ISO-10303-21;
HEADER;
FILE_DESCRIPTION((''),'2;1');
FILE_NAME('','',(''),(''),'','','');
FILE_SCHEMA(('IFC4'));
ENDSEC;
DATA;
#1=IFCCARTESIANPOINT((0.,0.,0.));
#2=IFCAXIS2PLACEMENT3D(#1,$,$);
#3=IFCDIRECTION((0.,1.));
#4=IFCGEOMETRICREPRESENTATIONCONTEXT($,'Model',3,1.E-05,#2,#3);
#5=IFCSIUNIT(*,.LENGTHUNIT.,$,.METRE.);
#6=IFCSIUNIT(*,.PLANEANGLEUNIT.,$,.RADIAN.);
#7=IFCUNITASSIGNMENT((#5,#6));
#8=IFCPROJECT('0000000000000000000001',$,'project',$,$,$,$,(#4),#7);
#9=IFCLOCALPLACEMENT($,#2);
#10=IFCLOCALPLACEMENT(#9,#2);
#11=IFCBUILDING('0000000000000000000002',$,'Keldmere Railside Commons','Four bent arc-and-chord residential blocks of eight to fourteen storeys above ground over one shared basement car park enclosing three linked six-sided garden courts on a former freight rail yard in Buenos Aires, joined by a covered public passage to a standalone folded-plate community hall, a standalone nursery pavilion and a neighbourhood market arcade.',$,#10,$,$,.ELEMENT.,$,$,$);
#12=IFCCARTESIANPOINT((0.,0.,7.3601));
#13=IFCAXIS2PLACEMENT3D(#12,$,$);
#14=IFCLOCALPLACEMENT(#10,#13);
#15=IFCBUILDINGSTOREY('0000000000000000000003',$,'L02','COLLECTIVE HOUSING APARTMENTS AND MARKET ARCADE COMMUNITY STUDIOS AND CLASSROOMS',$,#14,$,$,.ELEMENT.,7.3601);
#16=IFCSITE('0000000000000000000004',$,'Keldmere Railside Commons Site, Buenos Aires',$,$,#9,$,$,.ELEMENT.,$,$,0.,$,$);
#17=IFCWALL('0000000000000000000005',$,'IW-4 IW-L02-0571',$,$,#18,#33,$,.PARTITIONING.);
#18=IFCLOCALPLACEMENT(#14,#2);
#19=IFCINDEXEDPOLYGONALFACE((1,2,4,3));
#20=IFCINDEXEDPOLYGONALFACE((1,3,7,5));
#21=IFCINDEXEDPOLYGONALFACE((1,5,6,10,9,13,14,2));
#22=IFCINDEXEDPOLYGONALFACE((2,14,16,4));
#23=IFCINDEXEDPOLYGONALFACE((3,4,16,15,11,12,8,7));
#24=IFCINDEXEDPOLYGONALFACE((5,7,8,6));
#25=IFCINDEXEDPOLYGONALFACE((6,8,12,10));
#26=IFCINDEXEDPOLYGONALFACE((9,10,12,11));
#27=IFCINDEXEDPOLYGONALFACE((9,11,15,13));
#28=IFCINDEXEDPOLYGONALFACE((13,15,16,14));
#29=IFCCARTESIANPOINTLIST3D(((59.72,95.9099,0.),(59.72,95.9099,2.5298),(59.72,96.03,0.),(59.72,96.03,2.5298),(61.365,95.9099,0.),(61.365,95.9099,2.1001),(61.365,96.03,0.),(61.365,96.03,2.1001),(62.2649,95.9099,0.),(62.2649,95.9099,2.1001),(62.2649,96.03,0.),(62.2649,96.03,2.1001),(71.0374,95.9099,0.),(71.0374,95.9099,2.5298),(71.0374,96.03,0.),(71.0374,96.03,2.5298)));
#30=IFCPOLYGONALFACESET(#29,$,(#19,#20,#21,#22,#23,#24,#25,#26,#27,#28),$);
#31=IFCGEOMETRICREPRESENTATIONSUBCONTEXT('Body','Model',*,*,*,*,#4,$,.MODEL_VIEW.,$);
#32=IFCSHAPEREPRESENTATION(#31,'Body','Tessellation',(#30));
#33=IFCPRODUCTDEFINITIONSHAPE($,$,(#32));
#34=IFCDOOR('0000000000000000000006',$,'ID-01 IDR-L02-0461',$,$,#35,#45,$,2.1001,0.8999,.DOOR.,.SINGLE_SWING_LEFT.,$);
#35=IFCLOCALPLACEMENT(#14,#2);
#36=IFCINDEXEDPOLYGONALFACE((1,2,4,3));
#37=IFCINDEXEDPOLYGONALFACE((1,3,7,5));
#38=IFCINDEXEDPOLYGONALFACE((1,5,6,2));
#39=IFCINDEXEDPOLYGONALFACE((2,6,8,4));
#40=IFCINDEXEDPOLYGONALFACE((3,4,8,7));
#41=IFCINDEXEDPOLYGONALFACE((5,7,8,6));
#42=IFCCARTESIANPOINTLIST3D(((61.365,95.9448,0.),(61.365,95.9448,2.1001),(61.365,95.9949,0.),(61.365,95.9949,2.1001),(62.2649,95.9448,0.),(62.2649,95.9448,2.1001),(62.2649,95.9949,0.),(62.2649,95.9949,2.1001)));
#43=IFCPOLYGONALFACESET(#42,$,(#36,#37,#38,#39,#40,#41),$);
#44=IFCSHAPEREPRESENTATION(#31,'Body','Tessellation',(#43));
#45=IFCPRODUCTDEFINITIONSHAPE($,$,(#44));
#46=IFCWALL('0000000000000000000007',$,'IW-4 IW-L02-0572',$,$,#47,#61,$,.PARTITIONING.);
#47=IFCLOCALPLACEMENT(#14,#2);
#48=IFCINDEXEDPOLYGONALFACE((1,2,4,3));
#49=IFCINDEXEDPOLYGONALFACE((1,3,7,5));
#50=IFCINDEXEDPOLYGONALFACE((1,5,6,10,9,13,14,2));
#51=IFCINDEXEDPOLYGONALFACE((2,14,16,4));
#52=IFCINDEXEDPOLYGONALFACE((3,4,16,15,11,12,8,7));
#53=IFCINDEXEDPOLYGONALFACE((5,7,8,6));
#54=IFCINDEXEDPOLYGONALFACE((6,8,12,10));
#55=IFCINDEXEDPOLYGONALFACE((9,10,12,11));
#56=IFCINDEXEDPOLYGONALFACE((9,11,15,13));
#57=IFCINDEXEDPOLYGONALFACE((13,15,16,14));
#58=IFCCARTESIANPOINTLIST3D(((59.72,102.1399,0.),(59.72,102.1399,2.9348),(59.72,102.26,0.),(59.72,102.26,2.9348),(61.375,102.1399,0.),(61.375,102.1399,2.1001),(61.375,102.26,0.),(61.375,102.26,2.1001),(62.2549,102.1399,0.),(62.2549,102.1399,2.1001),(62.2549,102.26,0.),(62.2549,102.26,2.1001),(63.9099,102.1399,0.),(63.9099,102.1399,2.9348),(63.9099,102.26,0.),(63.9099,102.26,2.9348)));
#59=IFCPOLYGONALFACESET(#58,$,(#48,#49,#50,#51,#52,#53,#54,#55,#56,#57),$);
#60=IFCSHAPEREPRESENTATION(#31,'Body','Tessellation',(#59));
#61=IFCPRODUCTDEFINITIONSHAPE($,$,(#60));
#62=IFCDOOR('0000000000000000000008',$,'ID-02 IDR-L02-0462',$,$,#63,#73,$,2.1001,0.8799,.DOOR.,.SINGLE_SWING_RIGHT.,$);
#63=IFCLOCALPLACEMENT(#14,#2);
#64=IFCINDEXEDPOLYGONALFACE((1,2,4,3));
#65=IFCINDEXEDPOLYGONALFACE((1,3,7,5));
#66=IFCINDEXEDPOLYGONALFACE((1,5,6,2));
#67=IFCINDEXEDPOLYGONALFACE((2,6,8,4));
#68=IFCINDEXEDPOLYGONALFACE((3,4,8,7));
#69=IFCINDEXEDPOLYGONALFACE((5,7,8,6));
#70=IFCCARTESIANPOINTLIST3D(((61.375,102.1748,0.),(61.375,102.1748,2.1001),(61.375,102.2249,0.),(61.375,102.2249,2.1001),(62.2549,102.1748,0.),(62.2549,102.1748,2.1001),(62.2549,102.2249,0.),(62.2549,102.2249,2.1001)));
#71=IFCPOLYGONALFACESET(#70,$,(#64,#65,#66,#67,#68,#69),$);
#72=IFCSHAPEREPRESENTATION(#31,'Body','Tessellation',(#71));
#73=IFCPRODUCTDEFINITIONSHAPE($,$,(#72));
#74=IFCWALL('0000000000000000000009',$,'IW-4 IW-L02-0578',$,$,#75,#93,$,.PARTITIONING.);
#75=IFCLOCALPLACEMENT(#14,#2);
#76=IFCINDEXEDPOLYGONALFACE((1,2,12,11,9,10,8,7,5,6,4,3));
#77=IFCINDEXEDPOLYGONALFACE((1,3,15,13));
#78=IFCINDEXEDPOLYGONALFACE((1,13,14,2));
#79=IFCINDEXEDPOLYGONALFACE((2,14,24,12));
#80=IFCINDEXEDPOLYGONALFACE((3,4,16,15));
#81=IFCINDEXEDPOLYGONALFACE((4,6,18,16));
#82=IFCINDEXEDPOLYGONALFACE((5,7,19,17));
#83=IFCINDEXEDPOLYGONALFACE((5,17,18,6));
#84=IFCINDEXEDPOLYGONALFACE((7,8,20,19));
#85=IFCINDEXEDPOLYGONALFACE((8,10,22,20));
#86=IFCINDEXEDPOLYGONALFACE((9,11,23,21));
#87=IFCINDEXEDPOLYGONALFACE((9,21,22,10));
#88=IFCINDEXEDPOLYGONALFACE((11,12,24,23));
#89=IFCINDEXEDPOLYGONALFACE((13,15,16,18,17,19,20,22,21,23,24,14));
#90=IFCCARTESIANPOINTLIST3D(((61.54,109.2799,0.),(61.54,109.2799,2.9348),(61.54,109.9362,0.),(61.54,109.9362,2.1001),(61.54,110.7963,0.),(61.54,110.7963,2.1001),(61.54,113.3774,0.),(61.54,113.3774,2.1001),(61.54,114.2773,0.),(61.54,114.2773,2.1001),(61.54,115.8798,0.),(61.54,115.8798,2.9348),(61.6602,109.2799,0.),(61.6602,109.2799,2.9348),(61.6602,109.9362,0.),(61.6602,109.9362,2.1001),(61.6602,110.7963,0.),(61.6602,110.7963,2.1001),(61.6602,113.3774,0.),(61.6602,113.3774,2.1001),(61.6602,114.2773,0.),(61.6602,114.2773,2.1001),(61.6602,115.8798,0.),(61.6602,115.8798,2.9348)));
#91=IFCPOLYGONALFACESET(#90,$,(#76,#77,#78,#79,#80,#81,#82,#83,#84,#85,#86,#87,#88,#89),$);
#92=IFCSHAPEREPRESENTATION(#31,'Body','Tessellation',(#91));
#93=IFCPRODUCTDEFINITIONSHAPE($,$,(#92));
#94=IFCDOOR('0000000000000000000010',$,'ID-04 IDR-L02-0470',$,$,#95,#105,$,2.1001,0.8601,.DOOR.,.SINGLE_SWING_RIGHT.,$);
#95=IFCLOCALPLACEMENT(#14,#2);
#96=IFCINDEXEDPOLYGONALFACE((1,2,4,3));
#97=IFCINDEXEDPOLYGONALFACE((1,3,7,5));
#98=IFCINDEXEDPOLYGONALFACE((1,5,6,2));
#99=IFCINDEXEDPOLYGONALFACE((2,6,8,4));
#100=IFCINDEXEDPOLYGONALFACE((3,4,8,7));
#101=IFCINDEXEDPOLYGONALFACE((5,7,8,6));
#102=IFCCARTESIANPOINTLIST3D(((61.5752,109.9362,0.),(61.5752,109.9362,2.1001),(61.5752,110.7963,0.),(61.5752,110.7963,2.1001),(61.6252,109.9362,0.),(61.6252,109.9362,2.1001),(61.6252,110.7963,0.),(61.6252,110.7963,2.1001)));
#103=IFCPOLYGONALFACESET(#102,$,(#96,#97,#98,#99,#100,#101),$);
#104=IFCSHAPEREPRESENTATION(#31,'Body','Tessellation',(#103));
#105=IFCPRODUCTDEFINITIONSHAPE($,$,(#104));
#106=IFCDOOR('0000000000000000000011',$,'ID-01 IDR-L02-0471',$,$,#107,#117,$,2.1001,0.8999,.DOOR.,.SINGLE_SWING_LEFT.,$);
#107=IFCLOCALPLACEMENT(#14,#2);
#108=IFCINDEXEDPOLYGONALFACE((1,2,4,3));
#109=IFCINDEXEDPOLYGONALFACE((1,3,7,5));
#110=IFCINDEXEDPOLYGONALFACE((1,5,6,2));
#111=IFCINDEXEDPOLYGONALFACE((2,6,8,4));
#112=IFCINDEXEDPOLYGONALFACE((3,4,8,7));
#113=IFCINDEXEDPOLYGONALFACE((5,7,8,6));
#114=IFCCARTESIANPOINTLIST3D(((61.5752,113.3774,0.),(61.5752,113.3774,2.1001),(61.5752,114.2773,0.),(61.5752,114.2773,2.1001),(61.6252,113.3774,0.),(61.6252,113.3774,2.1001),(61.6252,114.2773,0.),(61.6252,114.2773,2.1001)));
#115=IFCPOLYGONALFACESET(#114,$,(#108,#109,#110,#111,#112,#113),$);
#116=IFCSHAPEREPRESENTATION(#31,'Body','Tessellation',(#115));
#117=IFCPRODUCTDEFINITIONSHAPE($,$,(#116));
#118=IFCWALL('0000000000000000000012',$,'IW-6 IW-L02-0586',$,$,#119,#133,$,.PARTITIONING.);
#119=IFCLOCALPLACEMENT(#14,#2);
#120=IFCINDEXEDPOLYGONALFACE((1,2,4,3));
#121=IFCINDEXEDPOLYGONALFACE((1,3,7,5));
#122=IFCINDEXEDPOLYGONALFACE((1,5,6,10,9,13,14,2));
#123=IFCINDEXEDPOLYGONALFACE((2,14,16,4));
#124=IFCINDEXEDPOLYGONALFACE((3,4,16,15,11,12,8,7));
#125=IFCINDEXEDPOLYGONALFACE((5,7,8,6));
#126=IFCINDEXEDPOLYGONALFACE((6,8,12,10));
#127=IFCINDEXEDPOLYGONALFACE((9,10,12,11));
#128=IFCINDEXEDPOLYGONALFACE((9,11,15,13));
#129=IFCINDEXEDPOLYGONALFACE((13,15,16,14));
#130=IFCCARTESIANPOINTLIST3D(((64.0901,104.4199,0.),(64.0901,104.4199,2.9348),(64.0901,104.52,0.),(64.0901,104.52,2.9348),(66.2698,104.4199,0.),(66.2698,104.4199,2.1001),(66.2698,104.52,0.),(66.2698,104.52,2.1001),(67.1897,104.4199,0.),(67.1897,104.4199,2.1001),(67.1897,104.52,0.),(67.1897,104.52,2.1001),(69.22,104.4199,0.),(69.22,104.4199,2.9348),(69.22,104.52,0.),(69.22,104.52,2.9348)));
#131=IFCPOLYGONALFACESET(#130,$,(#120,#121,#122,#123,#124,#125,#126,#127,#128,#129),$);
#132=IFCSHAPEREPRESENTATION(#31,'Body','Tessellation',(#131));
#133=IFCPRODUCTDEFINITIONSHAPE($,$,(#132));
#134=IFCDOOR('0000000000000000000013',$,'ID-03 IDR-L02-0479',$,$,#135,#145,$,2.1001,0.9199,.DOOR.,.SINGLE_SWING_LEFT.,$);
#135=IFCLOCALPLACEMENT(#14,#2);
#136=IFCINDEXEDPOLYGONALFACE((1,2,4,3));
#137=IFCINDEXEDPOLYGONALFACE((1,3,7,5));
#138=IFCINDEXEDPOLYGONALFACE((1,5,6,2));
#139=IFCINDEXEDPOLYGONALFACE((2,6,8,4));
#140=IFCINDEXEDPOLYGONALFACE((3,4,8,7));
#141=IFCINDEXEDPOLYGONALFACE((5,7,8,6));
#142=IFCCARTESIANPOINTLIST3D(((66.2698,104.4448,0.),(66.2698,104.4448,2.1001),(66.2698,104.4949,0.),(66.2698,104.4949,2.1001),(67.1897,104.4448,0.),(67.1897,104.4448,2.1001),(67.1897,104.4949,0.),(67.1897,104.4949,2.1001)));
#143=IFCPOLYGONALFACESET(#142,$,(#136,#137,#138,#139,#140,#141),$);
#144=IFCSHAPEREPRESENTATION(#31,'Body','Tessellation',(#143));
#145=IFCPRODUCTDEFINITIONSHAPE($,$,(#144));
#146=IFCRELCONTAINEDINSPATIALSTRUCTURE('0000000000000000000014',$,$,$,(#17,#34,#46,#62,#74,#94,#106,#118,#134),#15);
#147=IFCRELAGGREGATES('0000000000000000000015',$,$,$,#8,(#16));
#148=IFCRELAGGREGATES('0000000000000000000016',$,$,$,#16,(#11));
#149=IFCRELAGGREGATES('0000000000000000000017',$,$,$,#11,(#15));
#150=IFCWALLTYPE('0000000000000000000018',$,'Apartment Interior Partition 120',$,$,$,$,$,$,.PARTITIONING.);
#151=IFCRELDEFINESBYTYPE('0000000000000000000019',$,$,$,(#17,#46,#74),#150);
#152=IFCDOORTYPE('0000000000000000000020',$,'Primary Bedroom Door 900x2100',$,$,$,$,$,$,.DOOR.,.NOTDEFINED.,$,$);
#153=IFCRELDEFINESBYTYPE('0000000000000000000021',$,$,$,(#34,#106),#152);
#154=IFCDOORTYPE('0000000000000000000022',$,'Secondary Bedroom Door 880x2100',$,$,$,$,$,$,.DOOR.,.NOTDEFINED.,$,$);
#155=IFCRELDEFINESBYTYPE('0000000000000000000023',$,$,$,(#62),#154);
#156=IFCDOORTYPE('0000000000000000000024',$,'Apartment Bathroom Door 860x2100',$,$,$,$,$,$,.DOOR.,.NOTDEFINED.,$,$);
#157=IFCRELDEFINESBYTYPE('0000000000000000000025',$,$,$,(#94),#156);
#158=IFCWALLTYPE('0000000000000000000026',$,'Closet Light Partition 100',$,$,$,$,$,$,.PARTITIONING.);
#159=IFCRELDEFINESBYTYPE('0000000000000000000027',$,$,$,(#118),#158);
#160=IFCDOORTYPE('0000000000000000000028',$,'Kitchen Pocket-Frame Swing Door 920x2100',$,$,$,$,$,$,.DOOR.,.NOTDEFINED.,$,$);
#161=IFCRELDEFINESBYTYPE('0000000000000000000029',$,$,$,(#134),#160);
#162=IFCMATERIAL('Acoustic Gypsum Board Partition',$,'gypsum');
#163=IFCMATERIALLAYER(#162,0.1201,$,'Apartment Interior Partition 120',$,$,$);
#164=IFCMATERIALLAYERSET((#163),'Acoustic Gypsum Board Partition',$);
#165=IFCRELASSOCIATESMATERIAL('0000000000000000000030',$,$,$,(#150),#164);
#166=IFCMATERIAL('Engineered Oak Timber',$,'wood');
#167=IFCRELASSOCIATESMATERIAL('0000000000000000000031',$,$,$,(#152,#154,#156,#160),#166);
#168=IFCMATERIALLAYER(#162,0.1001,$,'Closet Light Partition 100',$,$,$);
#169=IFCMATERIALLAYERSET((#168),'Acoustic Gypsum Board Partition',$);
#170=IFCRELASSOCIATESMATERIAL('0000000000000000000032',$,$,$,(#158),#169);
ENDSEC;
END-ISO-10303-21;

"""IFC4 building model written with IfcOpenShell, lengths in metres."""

from ifc_helpers import new_model, si_unit, direction, frame, frame_2d, origin, place, context, subcontext, project, spatial, rectangle, extrude, material, layer, layer_set, type_object, element, fill, save


model = new_model("IFC4")

# Units and contexts
model_context = context("Model", 3, precision=1e-05, world=origin(), true_north=direction((0.0, 1.0)))
body_context = subcontext(model_context, "Body", "Model", "MODEL_VIEW")
ifc_project = project(units=[si_unit("LENGTHUNIT", "METRE"), si_unit("PLANEANGLEUNIT", "RADIAN")], contexts=[model_context])

# Site, building, storey
site_placement = place(None, origin())
site = spatial("IfcSite", under=ifc_project, at=site_placement, Name="Keldmere Railside Commons Site, Buenos Aires", CompositionType="ELEMENT", RefElevation=0.0)
building_placement = place(site_placement, origin())
building = spatial("IfcBuilding", under=site, at=building_placement, Name="Keldmere Railside Commons", Description="Four bent arc-and-chord residential blocks of eight to fourteen storeys above ground over one shared basement car park enclosing three linked six-sided garden courts on a former freight rail yard in Buenos Aires, joined by a covered public passage to a standalone folded-plate community hall, a standalone nursery pavilion and a neighbourhood market arcade.", CompositionType="ELEMENT")
storey_placement = place(building_placement, frame((0.0, 0.0, 7.3601)))
storey = spatial("IfcBuildingStorey", under=building, at=storey_placement, Name="L02", Description="COLLECTIVE HOUSING APARTMENTS AND MARKET ARCADE COMMUNITY STUDIOS AND CLASSROOMS", CompositionType="ELEMENT", Elevation=7.3601)

# Shared definitions
ifc_material_1 = material(Name="Acoustic Gypsum Board Partition", Category="gypsum")

# Walls, openings, doors
ifc_layer_1 = layer(ifc_material_1, 0.1201, Name="Apartment Interior Partition 120")
ifc_layer_set_1 = layer_set([ifc_layer_1], Name="Acoustic Gypsum Board Partition")
wall_type_1 = type_object("IfcWallType", Name="Apartment Interior Partition 120", PredefinedType="PARTITIONING", material=ifc_layer_set_1)
wall_1_placement = place(storey_placement, frame((59.72, 95.97, 0.0), z_axis=(0.0, 0.0, 1.0), x_axis=(1.0, 0.0, 0.0)))
wall_1 = element("IfcWall", 1, at=wall_1_placement, inside=storey, type_object=wall_type_1, Name="IW-4 IW-L02-0571", PredefinedType="PARTITIONING", context=body_context, shape_type="SweptSolid", body=[
    extrude(rectangle(XDim=11.3174, YDim=0.1201, at=frame_2d((5.6587, 0.0))), origin(), (0.0, 0.0, 1.0), 2.5298),
])
opening_1_placement = place(wall_1_placement, frame((1.645, 0.0, 0.0)))
opening_1 = element("IfcOpeningElement", 2, at=opening_1_placement, cuts=wall_1, PredefinedType="OPENING", context=body_context, shape_type="SweptSolid", body=[
    extrude(rectangle(XDim=0.8999, YDim=2.1001, at=frame_2d((0.45, 1.05))), frame((0.0, 0.0701, 0.0), z_axis=(0.0, -1.0, 0.0), x_axis=(1.0, 0.0, 0.0)), (0.0, 0.0, 1.0), 0.1401),
])
ifc_material_2 = material(Name="Engineered Oak Timber", Category="wood")
door_type_1 = type_object("IfcDoorType", Name="Primary Bedroom Door 900x2100", OperationType="NOTDEFINED", PredefinedType="DOOR", material=ifc_material_2)
door_1_placement = place(opening_1_placement, origin())
door_1 = element("IfcDoor", 3, at=door_1_placement, inside=storey, type_object=door_type_1, Name="ID-01 IDR-L02-0461", OperationType="SINGLE_SWING_LEFT", OverallHeight=2.1001, OverallWidth=0.8999, PredefinedType="DOOR", context=body_context, shape_type="SweptSolid", body=[
    extrude(rectangle(XDim=0.8999, YDim=2.1001, at=frame_2d((0.45, 1.05))), frame((0.0, 0.0249, 0.0), z_axis=(0.0, -1.0, 0.0), x_axis=(1.0, 0.0, 0.0)), (0.0, 0.0, 1.0), 0.05),
])
fill(opening_1, door_1)
wall_2_placement = place(storey_placement, frame((59.72, 102.2, 0.0), z_axis=(0.0, 0.0, 1.0), x_axis=(1.0, 0.0, 0.0)))
wall_2 = element("IfcWall", 4, at=wall_2_placement, inside=storey, type_object=wall_type_1, Name="IW-4 IW-L02-0572", PredefinedType="PARTITIONING", context=body_context, shape_type="SweptSolid", body=[
    extrude(rectangle(XDim=4.1899, YDim=0.1201, at=frame_2d((2.095, 0.0))), origin(), (0.0, 0.0, 1.0), 2.9348),
])
opening_2_placement = place(wall_2_placement, frame((1.655, 0.0, 0.0)))
opening_2 = element("IfcOpeningElement", 5, at=opening_2_placement, cuts=wall_2, PredefinedType="OPENING", context=body_context, shape_type="SweptSolid", body=[
    extrude(rectangle(XDim=0.8799, YDim=2.1001, at=frame_2d((0.4399, 1.05))), frame((0.0, 0.0701, 0.0), z_axis=(0.0, -1.0, 0.0), x_axis=(1.0, 0.0, 0.0)), (0.0, 0.0, 1.0), 0.1401),
])
door_type_2 = type_object("IfcDoorType", Name="Secondary Bedroom Door 880x2100", OperationType="NOTDEFINED", PredefinedType="DOOR", material=ifc_material_2)
door_2_placement = place(opening_2_placement, origin())
door_2 = element("IfcDoor", 6, at=door_2_placement, inside=storey, type_object=door_type_2, Name="ID-02 IDR-L02-0462", OperationType="SINGLE_SWING_RIGHT", OverallHeight=2.1001, OverallWidth=0.8799, PredefinedType="DOOR", context=body_context, shape_type="SweptSolid", body=[
    extrude(rectangle(XDim=0.8799, YDim=2.1001, at=frame_2d((0.4399, 1.05))), frame((0.0, 0.0249, 0.0), z_axis=(0.0, -1.0, 0.0), x_axis=(1.0, 0.0, 0.0)), (0.0, 0.0, 1.0), 0.05),
])
fill(opening_2, door_2)

# Wall, openings, doors
wall_3_placement = place(storey_placement, frame((61.6001, 109.28, 0.0), z_axis=(0.0, 0.0, 1.0), x_axis=(0.0, 1.0, 0.0)))
wall_3 = element("IfcWall", 7, at=wall_3_placement, inside=storey, type_object=wall_type_1, Name="IW-4 IW-L02-0578", PredefinedType="PARTITIONING", context=body_context, shape_type="SweptSolid", body=[
    extrude(rectangle(XDim=6.5999, YDim=0.1201, at=frame_2d((3.2998, 0.0))), origin(), (0.0, 0.0, 1.0), 2.9348),
])
opening_3_placement = place(wall_3_placement, frame((0.656, 0.0, 0.0)))
opening_3 = element("IfcOpeningElement", 8, at=opening_3_placement, cuts=wall_3, PredefinedType="OPENING", context=body_context, shape_type="SweptSolid", body=[
    extrude(rectangle(XDim=0.8601, YDim=2.1001, at=frame_2d((0.4302, 1.05))), frame((0.0, 0.0701, 0.0), z_axis=(0.0, -1.0, 0.0), x_axis=(1.0, 0.0, 0.0)), (0.0, 0.0, 1.0), 0.1401),
])
opening_4_placement = place(wall_3_placement, frame((4.0974, 0.0, 0.0)))
opening_4 = element("IfcOpeningElement", 9, at=opening_4_placement, cuts=wall_3, PredefinedType="OPENING", context=body_context, shape_type="SweptSolid", body=[
    extrude(rectangle(XDim=0.8999, YDim=2.1001, at=frame_2d((0.45, 1.05))), frame((0.0, 0.0701, 0.0), z_axis=(0.0, -1.0, 0.0), x_axis=(1.0, 0.0, 0.0)), (0.0, 0.0, 1.0), 0.1401),
])
door_type_3 = type_object("IfcDoorType", Name="Apartment Bathroom Door 860x2100", OperationType="NOTDEFINED", PredefinedType="DOOR", material=ifc_material_2)
door_3_placement = place(opening_3_placement, origin())
door_3 = element("IfcDoor", 10, at=door_3_placement, inside=storey, type_object=door_type_3, Name="ID-04 IDR-L02-0470", OperationType="SINGLE_SWING_RIGHT", OverallHeight=2.1001, OverallWidth=0.8601, PredefinedType="DOOR", context=body_context, shape_type="SweptSolid", body=[
    extrude(rectangle(XDim=0.8601, YDim=2.1001, at=frame_2d((0.4302, 1.05))), frame((0.0, 0.0249, 0.0), z_axis=(0.0, -1.0, 0.0), x_axis=(1.0, 0.0, 0.0)), (0.0, 0.0, 1.0), 0.05),
])
fill(opening_3, door_3)
door_4_placement = place(opening_4_placement, origin())
door_4 = element("IfcDoor", 11, at=door_4_placement, inside=storey, type_object=door_type_1, Name="ID-01 IDR-L02-0471", OperationType="SINGLE_SWING_LEFT", OverallHeight=2.1001, OverallWidth=0.8999, PredefinedType="DOOR", context=body_context, shape_type="SweptSolid", body=[
    extrude(rectangle(XDim=0.8999, YDim=2.1001, at=frame_2d((0.45, 1.05))), frame((0.0, 0.0249, 0.0), z_axis=(0.0, -1.0, 0.0), x_axis=(1.0, 0.0, 0.0)), (0.0, 0.0, 1.0), 0.05),
])
fill(opening_4, door_4)

# Wall, opening, door
ifc_layer_2 = layer(ifc_material_1, 0.1001, Name="Closet Light Partition 100")
ifc_layer_set_2 = layer_set([ifc_layer_2], Name="Acoustic Gypsum Board Partition")
wall_type_2 = type_object("IfcWallType", Name="Closet Light Partition 100", PredefinedType="PARTITIONING", material=ifc_layer_set_2)
wall_4_placement = place(storey_placement, frame((64.0901, 104.47, 0.0), z_axis=(0.0, 0.0, 1.0), x_axis=(1.0, 0.0, 0.0)))
wall_4 = element("IfcWall", 12, at=wall_4_placement, inside=storey, type_object=wall_type_2, Name="IW-6 IW-L02-0586", PredefinedType="PARTITIONING", context=body_context, shape_type="SweptSolid", body=[
    extrude(rectangle(XDim=5.1299, YDim=0.1001, at=frame_2d((2.5649, 0.0))), origin(), (0.0, 0.0, 1.0), 2.9348),
])
opening_5_placement = place(wall_4_placement, frame((2.1797, 0.0, 0.0)))
opening_5 = element("IfcOpeningElement", 13, at=opening_5_placement, cuts=wall_4, PredefinedType="OPENING", context=body_context, shape_type="SweptSolid", body=[
    extrude(rectangle(XDim=0.9199, YDim=2.1001, at=frame_2d((0.46, 1.05))), frame((0.0, 0.0601, 0.0), z_axis=(0.0, -1.0, 0.0), x_axis=(1.0, 0.0, 0.0)), (0.0, 0.0, 1.0), 0.1201),
])
door_type_4 = type_object("IfcDoorType", Name="Kitchen Pocket-Frame Swing Door 920x2100", OperationType="NOTDEFINED", PredefinedType="DOOR", material=ifc_material_2)
door_5_placement = place(opening_5_placement, origin())
door_5 = element("IfcDoor", 14, at=door_5_placement, inside=storey, type_object=door_type_4, Name="ID-03 IDR-L02-0479", OperationType="SINGLE_SWING_LEFT", OverallHeight=2.1001, OverallWidth=0.9199, PredefinedType="DOOR", context=body_context, shape_type="SweptSolid", body=[
    extrude(rectangle(XDim=0.9199, YDim=2.1001, at=frame_2d((0.46, 1.05))), frame((0.0, 0.0249, 0.0), z_axis=(0.0, -1.0, 0.0), x_axis=(1.0, 0.0, 0.0)), (0.0, 0.0, 1.0), 0.05),
])
fill(opening_5, door_5)

save(model, "model.ifc")
